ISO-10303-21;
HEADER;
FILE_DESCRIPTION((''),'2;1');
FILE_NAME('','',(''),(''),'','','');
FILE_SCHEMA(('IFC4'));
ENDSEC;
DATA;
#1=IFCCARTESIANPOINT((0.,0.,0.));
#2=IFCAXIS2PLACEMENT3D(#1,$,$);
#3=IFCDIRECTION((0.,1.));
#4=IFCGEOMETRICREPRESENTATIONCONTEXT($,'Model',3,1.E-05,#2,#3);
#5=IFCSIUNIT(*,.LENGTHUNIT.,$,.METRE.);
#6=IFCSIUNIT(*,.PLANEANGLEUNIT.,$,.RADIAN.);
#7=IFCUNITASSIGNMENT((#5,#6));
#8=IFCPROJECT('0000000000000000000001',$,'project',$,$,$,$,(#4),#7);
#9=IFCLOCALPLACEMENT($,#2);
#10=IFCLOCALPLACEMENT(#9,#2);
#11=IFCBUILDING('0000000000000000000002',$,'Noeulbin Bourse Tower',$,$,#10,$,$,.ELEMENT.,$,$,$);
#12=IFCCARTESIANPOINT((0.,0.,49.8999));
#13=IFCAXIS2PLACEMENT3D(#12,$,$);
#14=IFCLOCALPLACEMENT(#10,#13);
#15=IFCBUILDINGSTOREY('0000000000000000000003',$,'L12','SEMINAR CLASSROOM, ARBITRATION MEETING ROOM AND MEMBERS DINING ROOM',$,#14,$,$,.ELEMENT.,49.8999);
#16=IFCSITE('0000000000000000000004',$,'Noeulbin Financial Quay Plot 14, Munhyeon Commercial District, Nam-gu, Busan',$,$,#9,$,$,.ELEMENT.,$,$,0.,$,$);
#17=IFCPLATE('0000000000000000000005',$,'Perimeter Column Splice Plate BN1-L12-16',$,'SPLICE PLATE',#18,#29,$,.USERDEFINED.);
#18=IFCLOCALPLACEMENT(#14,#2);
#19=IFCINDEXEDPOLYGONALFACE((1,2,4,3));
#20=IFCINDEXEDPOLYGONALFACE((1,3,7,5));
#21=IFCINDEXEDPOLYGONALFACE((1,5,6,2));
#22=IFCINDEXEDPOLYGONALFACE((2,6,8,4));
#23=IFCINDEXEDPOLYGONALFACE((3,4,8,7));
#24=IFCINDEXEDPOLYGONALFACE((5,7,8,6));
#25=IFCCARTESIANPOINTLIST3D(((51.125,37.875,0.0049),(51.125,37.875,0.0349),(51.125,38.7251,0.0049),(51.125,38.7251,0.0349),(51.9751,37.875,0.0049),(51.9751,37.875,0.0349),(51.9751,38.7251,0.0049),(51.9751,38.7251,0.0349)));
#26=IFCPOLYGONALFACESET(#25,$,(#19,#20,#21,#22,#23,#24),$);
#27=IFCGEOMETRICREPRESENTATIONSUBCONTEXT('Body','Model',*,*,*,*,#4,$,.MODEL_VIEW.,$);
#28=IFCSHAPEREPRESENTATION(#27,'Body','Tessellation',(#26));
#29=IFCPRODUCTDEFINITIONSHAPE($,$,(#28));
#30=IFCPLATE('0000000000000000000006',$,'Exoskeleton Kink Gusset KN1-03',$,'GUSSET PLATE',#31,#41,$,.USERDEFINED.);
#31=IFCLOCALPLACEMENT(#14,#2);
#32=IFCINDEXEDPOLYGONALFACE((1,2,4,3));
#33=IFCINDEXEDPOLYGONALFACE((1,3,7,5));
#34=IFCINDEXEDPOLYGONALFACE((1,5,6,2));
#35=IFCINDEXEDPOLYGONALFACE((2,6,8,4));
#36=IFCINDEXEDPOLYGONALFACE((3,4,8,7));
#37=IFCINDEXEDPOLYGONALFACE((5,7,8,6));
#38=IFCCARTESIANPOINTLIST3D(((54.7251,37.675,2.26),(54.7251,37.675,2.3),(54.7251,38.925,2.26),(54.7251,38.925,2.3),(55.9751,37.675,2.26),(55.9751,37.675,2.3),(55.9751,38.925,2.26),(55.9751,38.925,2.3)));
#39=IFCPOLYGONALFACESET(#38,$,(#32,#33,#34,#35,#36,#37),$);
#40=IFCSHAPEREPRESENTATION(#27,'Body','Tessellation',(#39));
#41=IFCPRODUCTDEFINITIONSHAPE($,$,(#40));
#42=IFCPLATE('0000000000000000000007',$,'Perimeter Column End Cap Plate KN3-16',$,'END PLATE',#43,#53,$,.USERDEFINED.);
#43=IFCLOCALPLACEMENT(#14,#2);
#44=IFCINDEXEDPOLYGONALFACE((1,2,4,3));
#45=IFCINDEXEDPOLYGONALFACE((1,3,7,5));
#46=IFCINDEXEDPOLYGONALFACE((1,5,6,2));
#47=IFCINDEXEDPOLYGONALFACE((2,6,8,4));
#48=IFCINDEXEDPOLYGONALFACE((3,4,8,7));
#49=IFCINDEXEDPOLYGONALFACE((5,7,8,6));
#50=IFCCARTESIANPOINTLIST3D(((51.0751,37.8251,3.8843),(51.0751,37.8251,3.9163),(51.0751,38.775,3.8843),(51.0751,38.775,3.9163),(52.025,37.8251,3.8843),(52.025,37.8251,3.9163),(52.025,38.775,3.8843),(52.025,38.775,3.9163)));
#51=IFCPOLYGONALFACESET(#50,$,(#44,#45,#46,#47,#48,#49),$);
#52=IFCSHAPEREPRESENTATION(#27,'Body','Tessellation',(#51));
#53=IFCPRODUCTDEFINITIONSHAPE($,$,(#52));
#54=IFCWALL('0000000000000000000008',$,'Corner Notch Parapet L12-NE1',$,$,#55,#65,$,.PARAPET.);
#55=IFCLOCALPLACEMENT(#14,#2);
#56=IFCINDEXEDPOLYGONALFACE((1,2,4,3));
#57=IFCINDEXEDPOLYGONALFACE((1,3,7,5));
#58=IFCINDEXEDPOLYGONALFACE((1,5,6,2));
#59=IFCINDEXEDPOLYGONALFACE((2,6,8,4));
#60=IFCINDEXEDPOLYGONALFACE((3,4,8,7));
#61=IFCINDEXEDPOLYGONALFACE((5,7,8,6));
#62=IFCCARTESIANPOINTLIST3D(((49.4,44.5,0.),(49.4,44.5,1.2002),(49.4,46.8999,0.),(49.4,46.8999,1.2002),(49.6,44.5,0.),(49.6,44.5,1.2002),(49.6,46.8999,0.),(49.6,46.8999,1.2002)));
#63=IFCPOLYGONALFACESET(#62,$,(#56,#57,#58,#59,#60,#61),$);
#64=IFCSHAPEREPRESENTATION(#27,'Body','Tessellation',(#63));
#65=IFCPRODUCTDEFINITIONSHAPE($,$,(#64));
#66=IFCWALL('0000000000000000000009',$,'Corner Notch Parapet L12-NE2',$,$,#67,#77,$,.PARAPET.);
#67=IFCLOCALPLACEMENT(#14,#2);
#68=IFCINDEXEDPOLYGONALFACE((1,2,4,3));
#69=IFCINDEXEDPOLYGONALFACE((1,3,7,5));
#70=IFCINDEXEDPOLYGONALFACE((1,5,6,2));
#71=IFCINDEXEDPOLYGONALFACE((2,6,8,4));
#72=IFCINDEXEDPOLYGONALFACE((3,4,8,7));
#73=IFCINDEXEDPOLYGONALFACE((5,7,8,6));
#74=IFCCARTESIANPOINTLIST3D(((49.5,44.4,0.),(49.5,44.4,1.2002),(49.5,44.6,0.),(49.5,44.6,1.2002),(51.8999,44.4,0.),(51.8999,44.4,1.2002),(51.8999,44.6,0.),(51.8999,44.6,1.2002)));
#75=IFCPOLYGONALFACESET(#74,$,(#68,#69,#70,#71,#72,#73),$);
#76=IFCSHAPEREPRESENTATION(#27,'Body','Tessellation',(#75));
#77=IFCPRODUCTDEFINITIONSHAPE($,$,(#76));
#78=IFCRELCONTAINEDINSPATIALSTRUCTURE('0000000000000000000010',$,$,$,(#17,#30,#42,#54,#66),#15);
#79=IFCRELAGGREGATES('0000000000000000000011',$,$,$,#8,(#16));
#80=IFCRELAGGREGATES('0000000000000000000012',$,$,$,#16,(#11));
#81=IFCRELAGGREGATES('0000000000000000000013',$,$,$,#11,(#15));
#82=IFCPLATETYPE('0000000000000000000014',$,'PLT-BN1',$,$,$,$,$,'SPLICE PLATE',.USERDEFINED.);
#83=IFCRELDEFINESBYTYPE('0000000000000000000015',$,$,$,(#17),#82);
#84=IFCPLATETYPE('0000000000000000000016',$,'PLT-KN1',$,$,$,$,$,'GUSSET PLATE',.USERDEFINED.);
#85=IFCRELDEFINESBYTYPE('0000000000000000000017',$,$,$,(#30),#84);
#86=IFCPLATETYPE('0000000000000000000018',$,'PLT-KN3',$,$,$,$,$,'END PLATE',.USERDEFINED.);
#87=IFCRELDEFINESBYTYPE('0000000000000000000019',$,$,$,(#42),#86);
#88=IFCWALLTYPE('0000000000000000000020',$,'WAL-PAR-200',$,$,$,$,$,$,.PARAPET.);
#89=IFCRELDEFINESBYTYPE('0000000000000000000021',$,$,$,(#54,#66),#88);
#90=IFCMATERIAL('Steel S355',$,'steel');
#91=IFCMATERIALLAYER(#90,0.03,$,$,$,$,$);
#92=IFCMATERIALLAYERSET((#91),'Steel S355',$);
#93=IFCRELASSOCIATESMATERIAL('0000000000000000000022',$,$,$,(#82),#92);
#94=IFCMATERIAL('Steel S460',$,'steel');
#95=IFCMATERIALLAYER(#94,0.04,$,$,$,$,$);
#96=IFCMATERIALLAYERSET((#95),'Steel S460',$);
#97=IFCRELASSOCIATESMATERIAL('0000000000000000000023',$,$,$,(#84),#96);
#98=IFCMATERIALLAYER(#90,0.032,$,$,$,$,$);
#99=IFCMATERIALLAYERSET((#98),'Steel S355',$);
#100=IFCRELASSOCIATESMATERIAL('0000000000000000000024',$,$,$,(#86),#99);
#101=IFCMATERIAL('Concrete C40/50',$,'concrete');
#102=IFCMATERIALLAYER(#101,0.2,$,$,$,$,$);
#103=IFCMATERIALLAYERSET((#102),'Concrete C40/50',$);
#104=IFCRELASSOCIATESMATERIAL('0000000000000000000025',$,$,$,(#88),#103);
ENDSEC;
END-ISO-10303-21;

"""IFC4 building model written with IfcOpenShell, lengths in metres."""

from ifc_helpers import new_model, si_unit, direction, frame, frame_2d, origin, origin_2d, place, context, subcontext, project, spatial, rectangle, extrude, material, layer, layer_set, type_object, element, save


model = new_model("IFC4")

# Units and contexts
model_context = context("Model", 3, precision=1e-05, world=origin(), true_north=direction((0.0, 1.0)))
body_context = subcontext(model_context, "Body", "Model", "MODEL_VIEW")
ifc_project = project(units=[si_unit("LENGTHUNIT", "METRE"), si_unit("PLANEANGLEUNIT", "RADIAN")], contexts=[model_context])

# Site, building, storey
site_placement = place(None, origin())
site = spatial("IfcSite", under=ifc_project, at=site_placement, Name="Noeulbin Financial Quay Plot 14, Munhyeon Commercial District, Nam-gu, Busan", CompositionType="ELEMENT", RefElevation=0.0)
building_placement = place(site_placement, origin())
building = spatial("IfcBuilding", under=site, at=building_placement, Name="Noeulbin Bourse Tower", CompositionType="ELEMENT")
storey_placement = place(building_placement, frame((0.0, 0.0, 49.8999)))
storey = spatial("IfcBuildingStorey", under=building, at=storey_placement, Name="L12", Description="SEMINAR CLASSROOM, ARBITRATION MEETING ROOM AND MEMBERS DINING ROOM", CompositionType="ELEMENT", Elevation=49.8999)

# Shared definitions
ifc_material_1 = material(Name="Steel S355", Category="steel")
ifc_material_2 = material(Name="Steel S460", Category="steel")

# Plates
ifc_layer_1 = layer(ifc_material_1, 0.03)
ifc_layer_set_1 = layer_set([ifc_layer_1], Name="Steel S355")
plate_type_1 = type_object("IfcPlateType", Name="PLT-BN1", ElementType="SPLICE PLATE", PredefinedType="USERDEFINED", material=ifc_layer_set_1)
for number, where, z_axis, x_axis, name in (
    (1, (51.55, 38.3, 0.0049), (0.0, 0.0, 1.0), (1.0, 0.0, 0.0), "Perimeter Column Splice Plate BN1-L12-16"),
):
    element("IfcPlate", number, at=place(storey_placement, frame(where, z_axis=z_axis, x_axis=x_axis)), inside=storey, type_object=plate_type_1, Name=name, ObjectType="SPLICE PLATE", PredefinedType="USERDEFINED", context=body_context, shape_type="SweptSolid", body=[
        extrude(rectangle(XDim=0.8501, YDim=0.8501, at=origin_2d()), origin(), (0.0, 0.0, 1.0), 0.03),
    ])
ifc_layer_2 = layer(ifc_material_2, 0.04)
ifc_layer_set_2 = layer_set([ifc_layer_2], Name="Steel S460")
plate_type_2 = type_object("IfcPlateType", Name="PLT-KN1", ElementType="GUSSET PLATE", PredefinedType="USERDEFINED", material=ifc_layer_set_2)
plate_1_placement = place(storey_placement, frame((55.3501, 38.3, 2.26), z_axis=(0.0, 0.0, 1.0), x_axis=(1.0, 0.0, 0.0)))
element("IfcPlate", 2, at=plate_1_placement, inside=storey, type_object=plate_type_2, Name="Exoskeleton Kink Gusset KN1-03", ObjectType="GUSSET PLATE", PredefinedType="USERDEFINED", context=body_context, shape_type="SweptSolid", body=[
    extrude(rectangle(XDim=1.25, YDim=1.25, at=origin_2d()), origin(), (0.0, 0.0, 1.0), 0.04),
])
ifc_layer_3 = layer(ifc_material_1, 0.032)
ifc_layer_set_3 = layer_set([ifc_layer_3], Name="Steel S355")
plate_type_3 = type_object("IfcPlateType", Name="PLT-KN3", ElementType="END PLATE", PredefinedType="USERDEFINED", material=ifc_layer_set_3)
plate_2_placement = place(storey_placement, frame((51.55, 38.3, 3.8843), z_axis=(0.0, 0.0, 1.0), x_axis=(1.0, 0.0, 0.0)))
element("IfcPlate", 3, at=plate_2_placement, inside=storey, type_object=plate_type_3, Name="Perimeter Column End Cap Plate KN3-16", ObjectType="END PLATE", PredefinedType="USERDEFINED", context=body_context, shape_type="SweptSolid", body=[
    extrude(rectangle(XDim=0.95, YDim=0.95, at=origin_2d()), origin(), (0.0, 0.0, 1.0), 0.032),
])

# Walls
ifc_material_3 = material(Name="Concrete C40/50", Category="concrete")
ifc_layer_4 = layer(ifc_material_3, 0.2)
ifc_layer_set_4 = layer_set([ifc_layer_4], Name="Concrete C40/50")
wall_type = type_object("IfcWallType", Name="WAL-PAR-200", PredefinedType="PARAPET", material=ifc_layer_set_4)
for number, where, z_axis, x_axis, name in (
    (4, (49.5, 46.8999, 0.0), (0.0, 0.0, 1.0), (0.0, -1.0, 0.0), "Corner Notch Parapet L12-NE1"),
    (5, (49.5, 44.5, 0.0), (0.0, 0.0, 1.0), (1.0, 0.0, 0.0), "Corner Notch Parapet L12-NE2"),
):
    element("IfcWall", number, at=place(storey_placement, frame(where, z_axis=z_axis, x_axis=x_axis)), inside=storey, type_object=wall_type, Name=name, PredefinedType="PARAPET", context=body_context, shape_type="SweptSolid", body=[
        extrude(rectangle(XDim=2.3999, YDim=0.2, at=frame_2d((1.2, 0.0))), origin(), (0.0, 0.0, 1.0), 1.2002),
    ])

save(model, "model.ifc")
